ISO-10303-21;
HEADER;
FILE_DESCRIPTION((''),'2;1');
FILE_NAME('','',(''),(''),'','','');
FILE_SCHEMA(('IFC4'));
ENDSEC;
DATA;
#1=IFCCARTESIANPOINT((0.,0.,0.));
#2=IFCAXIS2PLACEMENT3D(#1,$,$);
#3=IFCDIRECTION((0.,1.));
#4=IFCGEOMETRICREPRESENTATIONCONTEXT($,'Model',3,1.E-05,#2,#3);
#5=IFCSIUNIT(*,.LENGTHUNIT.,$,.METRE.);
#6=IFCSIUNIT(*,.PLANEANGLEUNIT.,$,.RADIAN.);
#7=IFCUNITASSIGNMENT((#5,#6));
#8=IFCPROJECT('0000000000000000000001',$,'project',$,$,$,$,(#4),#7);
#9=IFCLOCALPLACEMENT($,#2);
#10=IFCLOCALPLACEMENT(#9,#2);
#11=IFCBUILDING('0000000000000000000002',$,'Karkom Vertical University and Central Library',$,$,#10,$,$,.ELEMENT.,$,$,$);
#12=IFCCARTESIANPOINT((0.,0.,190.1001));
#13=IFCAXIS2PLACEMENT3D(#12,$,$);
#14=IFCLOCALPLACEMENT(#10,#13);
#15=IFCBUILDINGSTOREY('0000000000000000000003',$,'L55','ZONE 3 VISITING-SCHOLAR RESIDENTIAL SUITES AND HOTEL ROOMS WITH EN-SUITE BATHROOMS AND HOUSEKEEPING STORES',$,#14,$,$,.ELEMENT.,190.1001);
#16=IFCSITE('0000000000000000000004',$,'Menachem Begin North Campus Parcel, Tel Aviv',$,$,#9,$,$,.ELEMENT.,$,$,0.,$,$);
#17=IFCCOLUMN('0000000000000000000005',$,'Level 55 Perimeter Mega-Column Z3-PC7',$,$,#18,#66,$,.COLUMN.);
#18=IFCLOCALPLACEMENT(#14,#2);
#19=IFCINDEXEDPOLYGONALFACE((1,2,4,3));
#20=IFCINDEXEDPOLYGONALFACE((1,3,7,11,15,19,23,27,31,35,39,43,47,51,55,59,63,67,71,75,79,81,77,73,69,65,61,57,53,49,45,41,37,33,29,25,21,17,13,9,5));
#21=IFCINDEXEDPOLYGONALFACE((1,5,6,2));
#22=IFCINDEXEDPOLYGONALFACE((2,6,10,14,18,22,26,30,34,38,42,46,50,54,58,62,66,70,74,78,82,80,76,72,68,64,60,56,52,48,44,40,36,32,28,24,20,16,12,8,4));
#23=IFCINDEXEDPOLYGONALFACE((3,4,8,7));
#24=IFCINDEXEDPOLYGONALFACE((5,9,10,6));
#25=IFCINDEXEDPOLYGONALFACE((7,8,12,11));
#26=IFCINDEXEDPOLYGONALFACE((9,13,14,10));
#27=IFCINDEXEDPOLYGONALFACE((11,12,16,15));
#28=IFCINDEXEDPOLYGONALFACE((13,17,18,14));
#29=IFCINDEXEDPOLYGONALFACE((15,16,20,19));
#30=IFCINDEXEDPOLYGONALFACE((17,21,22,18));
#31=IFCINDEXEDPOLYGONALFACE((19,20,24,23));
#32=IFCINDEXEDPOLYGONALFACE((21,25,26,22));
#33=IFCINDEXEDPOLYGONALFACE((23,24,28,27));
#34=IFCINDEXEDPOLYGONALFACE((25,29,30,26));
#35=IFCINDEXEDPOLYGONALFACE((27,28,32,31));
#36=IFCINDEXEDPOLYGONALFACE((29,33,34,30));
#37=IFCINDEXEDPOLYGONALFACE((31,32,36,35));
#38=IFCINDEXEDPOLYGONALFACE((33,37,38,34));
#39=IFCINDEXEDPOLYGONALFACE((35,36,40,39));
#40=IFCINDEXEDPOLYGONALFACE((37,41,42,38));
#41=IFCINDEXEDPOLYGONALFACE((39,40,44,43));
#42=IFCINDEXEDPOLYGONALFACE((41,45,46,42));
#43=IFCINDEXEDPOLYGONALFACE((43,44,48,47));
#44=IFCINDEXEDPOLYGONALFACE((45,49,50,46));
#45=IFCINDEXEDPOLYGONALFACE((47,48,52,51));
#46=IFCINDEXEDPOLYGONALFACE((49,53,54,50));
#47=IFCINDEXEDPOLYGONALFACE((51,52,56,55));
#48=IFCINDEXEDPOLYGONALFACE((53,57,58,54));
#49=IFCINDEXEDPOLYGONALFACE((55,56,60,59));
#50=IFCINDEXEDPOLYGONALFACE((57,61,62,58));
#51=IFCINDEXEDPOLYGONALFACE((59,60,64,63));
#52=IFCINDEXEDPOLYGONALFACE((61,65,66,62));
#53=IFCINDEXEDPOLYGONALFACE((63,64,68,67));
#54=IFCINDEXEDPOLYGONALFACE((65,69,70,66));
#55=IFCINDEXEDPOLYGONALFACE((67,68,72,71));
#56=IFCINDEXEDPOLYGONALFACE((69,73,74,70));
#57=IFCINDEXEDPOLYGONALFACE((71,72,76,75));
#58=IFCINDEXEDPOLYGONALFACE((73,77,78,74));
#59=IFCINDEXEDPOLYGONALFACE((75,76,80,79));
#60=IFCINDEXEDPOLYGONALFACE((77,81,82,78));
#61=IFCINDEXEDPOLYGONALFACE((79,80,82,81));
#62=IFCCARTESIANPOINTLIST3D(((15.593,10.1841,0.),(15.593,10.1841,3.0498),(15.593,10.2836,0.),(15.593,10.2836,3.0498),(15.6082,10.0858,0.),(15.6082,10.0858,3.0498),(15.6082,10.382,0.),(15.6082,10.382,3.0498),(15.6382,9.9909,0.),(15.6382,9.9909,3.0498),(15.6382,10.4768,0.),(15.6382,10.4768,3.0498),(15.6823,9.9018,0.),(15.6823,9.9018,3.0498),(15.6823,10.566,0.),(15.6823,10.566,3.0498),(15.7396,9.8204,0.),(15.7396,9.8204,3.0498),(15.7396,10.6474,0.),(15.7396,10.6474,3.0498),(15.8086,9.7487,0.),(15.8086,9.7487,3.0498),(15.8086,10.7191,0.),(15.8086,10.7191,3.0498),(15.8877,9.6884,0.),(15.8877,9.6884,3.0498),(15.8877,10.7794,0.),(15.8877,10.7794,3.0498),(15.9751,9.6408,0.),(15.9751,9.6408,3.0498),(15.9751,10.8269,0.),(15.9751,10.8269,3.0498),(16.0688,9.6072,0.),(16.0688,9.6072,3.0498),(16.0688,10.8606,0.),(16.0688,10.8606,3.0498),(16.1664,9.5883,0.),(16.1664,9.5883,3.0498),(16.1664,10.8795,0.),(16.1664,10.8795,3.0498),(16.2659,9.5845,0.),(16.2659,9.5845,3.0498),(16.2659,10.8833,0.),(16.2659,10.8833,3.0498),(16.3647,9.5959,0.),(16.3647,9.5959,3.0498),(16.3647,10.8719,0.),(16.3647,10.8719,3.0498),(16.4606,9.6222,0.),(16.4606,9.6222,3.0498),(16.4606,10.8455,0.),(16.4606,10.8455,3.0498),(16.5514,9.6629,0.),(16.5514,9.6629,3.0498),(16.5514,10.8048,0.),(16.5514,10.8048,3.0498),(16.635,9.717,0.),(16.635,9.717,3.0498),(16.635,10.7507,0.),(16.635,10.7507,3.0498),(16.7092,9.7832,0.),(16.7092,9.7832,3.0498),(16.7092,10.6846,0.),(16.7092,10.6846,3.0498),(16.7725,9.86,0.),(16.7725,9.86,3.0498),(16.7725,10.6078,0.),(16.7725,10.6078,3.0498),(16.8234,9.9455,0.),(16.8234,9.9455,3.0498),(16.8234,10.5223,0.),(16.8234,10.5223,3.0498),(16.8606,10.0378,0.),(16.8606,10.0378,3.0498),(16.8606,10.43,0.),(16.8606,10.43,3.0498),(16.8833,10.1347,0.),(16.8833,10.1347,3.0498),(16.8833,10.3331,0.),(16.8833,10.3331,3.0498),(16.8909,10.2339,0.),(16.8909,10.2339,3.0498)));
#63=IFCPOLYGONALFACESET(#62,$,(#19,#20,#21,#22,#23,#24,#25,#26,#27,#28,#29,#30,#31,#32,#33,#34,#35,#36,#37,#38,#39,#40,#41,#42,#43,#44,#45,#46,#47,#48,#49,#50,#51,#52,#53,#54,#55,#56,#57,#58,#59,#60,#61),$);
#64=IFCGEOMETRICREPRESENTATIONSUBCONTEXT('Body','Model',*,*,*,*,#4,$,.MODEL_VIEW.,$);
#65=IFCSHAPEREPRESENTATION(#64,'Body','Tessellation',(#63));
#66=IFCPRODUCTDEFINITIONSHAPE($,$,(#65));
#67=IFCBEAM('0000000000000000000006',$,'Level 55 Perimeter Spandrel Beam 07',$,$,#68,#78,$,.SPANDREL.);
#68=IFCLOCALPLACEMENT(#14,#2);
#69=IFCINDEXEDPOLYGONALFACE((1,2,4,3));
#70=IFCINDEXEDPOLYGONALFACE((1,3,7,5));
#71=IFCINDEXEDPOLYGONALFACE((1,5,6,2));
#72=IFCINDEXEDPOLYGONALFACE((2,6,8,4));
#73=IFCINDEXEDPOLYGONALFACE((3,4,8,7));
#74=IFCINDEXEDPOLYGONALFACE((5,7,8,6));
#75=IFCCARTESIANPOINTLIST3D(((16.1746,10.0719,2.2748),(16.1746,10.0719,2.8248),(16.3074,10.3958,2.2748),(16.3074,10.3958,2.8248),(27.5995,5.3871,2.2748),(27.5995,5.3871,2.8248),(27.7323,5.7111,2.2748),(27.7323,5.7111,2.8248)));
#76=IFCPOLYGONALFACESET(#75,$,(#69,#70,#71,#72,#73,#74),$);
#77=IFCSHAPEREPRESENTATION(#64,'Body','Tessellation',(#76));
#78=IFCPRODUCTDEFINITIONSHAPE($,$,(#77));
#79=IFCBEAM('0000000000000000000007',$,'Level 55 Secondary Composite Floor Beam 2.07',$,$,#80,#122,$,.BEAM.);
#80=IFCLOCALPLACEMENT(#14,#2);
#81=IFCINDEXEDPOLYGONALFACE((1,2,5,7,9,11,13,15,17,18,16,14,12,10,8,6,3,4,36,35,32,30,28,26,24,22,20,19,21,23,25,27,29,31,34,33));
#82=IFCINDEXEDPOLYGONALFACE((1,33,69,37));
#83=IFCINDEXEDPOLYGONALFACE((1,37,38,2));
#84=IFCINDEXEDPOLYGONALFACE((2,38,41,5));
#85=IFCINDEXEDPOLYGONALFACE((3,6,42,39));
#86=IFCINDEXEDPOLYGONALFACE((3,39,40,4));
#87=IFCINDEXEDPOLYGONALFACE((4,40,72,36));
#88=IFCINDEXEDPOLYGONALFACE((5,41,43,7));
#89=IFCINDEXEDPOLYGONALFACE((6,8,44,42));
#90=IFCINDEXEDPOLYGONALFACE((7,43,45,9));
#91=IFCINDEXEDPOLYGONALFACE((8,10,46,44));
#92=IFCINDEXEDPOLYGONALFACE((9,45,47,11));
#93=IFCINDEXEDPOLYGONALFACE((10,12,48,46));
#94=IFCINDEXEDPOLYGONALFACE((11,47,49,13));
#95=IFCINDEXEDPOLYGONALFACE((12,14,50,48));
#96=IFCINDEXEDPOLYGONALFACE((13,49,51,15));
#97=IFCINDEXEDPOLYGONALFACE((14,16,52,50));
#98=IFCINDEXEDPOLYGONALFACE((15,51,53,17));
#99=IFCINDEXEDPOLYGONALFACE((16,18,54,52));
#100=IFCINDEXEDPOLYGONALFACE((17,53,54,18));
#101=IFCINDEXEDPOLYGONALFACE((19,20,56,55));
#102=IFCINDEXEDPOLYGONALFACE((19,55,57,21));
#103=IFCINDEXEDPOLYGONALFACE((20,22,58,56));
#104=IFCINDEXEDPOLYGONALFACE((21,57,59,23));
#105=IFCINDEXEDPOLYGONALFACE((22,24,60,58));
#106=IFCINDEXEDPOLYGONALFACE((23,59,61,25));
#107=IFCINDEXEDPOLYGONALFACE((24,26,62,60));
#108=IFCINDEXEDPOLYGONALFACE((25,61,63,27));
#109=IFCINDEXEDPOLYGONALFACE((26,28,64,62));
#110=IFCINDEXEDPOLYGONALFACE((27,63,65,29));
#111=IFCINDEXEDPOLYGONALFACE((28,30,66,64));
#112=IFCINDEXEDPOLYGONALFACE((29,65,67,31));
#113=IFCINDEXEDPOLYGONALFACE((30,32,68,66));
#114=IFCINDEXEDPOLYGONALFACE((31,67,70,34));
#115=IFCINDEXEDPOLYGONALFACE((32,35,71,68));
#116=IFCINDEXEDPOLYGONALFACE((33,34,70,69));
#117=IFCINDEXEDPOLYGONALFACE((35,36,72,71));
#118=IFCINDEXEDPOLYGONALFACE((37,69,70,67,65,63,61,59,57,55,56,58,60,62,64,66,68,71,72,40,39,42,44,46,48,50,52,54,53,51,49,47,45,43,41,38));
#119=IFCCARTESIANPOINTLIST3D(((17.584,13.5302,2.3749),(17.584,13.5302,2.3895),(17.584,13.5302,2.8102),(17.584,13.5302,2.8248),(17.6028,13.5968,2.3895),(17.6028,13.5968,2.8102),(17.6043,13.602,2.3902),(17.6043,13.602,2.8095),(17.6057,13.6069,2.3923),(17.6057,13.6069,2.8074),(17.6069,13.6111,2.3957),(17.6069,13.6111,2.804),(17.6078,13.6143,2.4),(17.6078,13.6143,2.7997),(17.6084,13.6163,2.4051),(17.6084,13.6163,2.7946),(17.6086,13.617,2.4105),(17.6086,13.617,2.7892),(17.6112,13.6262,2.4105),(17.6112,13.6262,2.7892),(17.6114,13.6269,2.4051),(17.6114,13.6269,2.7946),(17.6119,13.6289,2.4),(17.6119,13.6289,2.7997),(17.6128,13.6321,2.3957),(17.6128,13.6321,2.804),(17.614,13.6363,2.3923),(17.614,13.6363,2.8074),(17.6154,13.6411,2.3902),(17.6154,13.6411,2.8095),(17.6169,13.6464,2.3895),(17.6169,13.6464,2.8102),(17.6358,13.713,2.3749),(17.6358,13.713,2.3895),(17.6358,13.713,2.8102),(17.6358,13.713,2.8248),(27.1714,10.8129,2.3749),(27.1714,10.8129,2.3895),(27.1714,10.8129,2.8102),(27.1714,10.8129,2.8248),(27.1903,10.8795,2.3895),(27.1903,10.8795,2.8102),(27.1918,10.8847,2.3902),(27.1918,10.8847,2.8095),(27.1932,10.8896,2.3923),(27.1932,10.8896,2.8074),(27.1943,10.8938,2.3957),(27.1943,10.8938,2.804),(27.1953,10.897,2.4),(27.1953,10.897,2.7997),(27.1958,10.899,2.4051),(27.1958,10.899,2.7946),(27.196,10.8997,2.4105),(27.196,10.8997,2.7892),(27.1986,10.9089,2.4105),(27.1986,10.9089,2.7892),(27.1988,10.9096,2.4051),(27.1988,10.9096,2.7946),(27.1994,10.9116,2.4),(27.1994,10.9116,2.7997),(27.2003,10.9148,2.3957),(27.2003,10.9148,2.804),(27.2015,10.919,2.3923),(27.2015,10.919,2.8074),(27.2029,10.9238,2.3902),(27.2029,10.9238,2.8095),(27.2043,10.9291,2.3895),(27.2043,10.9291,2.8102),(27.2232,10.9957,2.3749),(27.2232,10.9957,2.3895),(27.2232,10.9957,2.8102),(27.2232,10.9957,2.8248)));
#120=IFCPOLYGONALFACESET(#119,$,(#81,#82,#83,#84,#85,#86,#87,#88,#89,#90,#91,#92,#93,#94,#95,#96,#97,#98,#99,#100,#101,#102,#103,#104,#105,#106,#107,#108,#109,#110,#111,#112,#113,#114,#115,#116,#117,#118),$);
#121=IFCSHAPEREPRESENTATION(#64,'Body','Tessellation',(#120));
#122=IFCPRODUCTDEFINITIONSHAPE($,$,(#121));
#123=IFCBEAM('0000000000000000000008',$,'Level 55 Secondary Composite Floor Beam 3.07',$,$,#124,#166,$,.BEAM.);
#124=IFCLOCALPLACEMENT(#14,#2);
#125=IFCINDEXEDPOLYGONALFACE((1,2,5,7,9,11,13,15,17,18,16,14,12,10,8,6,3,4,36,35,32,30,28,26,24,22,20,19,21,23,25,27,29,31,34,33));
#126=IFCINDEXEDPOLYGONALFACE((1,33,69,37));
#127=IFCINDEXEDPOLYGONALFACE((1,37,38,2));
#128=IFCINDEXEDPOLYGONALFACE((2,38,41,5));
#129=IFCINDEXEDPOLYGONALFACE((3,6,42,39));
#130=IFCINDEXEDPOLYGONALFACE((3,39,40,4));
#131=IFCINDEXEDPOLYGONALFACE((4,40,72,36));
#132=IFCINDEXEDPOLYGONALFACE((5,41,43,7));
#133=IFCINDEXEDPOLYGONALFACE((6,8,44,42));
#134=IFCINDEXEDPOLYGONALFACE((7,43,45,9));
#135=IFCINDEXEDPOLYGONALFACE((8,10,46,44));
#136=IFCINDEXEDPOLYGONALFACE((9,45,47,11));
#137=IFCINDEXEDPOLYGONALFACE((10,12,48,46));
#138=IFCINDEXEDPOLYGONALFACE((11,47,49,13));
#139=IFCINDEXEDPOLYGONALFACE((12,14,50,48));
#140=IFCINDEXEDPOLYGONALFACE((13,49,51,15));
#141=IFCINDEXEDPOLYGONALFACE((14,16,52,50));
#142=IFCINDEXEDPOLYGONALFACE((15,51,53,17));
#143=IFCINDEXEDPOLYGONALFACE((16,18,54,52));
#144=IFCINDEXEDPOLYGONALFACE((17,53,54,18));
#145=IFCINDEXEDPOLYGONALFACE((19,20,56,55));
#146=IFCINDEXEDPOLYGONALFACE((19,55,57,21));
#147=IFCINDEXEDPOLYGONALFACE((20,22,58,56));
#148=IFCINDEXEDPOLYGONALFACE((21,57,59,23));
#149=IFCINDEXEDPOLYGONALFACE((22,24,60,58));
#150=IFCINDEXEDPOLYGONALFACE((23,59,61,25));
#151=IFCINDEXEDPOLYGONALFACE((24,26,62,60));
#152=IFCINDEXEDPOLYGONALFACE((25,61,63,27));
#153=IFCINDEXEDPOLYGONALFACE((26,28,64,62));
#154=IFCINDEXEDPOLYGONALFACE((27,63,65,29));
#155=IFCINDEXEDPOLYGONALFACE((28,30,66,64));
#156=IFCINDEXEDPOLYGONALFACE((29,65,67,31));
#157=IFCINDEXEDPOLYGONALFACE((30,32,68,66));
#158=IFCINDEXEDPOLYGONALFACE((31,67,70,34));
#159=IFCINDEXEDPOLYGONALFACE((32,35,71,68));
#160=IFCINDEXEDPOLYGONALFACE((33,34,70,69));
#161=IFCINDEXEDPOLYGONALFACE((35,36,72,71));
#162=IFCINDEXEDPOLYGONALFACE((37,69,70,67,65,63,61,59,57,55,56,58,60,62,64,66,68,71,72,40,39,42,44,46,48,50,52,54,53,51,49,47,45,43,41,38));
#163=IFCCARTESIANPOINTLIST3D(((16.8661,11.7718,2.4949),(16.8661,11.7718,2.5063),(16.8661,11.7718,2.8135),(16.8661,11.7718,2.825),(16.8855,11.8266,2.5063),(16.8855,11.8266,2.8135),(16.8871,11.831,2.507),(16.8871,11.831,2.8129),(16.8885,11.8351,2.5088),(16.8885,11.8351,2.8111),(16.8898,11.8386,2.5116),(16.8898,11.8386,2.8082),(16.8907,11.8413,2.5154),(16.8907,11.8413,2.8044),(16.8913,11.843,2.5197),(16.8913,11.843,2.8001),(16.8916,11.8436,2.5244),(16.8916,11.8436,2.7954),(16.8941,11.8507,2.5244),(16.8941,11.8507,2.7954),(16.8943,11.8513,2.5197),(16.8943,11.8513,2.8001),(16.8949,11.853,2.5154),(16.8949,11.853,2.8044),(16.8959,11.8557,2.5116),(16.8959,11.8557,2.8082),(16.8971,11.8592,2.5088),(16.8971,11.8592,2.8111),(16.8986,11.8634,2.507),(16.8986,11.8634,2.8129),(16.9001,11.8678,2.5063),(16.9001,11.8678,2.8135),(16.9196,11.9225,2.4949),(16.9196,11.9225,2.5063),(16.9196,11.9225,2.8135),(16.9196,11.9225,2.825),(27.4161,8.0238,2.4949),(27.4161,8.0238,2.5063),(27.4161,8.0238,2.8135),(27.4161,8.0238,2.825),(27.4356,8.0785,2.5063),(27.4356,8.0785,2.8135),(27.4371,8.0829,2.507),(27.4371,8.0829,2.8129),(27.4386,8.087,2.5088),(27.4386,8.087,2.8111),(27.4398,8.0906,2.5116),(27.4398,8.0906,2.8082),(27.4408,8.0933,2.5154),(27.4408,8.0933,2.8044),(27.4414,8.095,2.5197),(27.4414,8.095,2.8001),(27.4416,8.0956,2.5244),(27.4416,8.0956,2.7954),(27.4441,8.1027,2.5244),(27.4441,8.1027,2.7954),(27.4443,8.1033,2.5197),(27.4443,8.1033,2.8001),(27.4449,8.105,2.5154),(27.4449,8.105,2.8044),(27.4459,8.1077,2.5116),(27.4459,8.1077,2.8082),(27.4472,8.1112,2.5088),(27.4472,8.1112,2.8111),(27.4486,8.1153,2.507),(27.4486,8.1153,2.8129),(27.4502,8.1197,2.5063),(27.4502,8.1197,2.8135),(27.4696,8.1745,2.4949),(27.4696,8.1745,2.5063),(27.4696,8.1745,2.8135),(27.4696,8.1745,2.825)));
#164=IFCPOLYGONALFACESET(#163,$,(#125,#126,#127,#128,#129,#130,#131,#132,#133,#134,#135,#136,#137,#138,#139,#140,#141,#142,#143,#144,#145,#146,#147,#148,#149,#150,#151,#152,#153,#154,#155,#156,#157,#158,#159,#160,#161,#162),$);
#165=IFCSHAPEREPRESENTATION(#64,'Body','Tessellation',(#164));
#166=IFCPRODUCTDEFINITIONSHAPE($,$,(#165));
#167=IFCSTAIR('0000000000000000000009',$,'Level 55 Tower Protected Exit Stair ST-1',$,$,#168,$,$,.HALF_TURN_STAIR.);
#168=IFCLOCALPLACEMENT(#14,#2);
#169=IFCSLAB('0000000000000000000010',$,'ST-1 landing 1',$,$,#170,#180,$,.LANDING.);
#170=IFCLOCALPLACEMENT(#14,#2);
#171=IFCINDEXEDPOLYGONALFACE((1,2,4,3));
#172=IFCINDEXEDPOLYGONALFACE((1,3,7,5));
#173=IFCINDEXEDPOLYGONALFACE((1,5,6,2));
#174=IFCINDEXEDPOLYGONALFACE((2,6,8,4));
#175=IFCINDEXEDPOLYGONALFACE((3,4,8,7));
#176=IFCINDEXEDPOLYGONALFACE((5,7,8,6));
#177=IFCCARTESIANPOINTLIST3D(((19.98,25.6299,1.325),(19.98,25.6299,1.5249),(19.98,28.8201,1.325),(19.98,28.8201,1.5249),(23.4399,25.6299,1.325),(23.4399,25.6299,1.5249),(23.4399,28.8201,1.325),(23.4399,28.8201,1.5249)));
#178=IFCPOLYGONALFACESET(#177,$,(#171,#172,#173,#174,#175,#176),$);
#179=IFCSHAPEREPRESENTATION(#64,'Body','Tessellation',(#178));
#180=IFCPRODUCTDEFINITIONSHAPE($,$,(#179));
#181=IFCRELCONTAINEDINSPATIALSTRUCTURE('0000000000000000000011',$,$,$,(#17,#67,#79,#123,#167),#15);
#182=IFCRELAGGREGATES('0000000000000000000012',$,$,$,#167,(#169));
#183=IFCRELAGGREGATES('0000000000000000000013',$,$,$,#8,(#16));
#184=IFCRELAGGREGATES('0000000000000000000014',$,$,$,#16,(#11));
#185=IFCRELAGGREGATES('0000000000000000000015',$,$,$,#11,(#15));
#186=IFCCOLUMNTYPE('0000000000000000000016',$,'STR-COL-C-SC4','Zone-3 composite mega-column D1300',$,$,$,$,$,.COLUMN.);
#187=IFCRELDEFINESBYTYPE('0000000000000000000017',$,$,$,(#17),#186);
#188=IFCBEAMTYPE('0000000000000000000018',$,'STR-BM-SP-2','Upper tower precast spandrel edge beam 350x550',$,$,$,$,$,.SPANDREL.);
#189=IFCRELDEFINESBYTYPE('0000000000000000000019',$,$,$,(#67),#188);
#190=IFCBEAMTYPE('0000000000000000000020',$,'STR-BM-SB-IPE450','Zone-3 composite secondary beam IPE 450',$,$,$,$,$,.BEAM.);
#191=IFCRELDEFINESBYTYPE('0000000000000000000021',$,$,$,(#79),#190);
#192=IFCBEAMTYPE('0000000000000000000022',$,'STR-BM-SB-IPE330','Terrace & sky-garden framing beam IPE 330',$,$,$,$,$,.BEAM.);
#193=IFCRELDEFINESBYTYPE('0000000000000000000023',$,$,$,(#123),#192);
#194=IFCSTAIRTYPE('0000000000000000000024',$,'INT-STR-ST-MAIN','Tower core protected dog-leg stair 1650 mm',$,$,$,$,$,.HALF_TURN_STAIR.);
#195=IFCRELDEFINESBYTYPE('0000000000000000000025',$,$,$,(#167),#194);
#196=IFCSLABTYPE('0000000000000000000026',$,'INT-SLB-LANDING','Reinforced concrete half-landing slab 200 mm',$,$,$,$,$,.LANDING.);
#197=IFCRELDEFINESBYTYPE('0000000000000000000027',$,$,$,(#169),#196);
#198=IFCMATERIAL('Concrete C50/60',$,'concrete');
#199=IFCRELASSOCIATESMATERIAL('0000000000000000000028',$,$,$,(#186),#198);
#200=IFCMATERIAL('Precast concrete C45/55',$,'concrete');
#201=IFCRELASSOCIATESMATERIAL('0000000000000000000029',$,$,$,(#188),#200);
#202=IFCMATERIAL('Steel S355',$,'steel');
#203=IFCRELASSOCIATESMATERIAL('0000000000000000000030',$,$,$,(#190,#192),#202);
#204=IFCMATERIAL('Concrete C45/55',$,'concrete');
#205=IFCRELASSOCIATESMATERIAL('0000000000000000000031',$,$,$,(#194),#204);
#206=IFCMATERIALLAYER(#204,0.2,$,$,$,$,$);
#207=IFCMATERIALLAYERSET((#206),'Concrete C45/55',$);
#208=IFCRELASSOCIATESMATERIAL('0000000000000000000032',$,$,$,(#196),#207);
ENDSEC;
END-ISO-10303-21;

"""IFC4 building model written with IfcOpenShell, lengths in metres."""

from ifc_helpers import new_model, si_unit, direction, frame, origin, origin_with_axes, origin_2d, place, context, subcontext, project, spatial, polyline, rectangle, circle, i_section, outline, extrude, source, transform, mapped, material, layer, layer_set, material_profile, profile_set, type_object, element, aggregate, save


model = new_model("IFC4")

# Units and contexts
model_context = context("Model", 3, precision=1e-05, world=origin(), true_north=direction((0.0, 1.0)))
body_context = subcontext(model_context, "Body", "Model", "MODEL_VIEW")
ifc_project = project(units=[si_unit("LENGTHUNIT", "METRE"), si_unit("PLANEANGLEUNIT", "RADIAN")], contexts=[model_context])

# Site, building, storey
site_placement = place(None, origin())
site = spatial("IfcSite", under=ifc_project, at=site_placement, Name="Menachem Begin North Campus Parcel, Tel Aviv", CompositionType="ELEMENT", RefElevation=0.0)
building_placement = place(site_placement, origin())
building = spatial("IfcBuilding", under=site, at=building_placement, Name="Karkom Vertical University and Central Library", CompositionType="ELEMENT")
storey_placement = place(building_placement, frame((0.0, 0.0, 190.1001)))
storey = spatial("IfcBuildingStorey", under=building, at=storey_placement, Name="L55", Description="ZONE 3 VISITING-SCHOLAR RESIDENTIAL SUITES AND HOTEL ROOMS WITH EN-SUITE BATHROOMS AND HOUSEKEEPING STORES", CompositionType="ELEMENT", Elevation=190.1001)

# Column
ifc_material_1 = material(Name="Concrete C50/60", Category="concrete")
ifc_material_profile_1 = material_profile(ifc_material_1, circle(Radius=0.6499, at=origin_2d()), Name="CFT-D1300")
ifc_profile_set_1 = profile_set([ifc_material_profile_1], Name="Concrete C50/60")
column_type = type_object("IfcColumnType", Name="STR-COL-C-SC4", Description="Zone-3 composite mega-column D1300", PredefinedType="COLUMN", material=ifc_profile_set_1)
shared_shape_1 = source(origin_with_axes(), body_context, "Body", "SweptSolid", [
    extrude(circle(Radius=0.6499, at=origin_2d()), origin(), (0.0, 0.0, 1.0), 3.0498),
])
column_placement = place(storey_placement, frame((16.241, 10.2339, 0.0), z_axis=(0.0, 0.0, 1.0), x_axis=(1.0, 0.0, 0.0)))
element("IfcColumn", 1, at=column_placement, inside=storey, type_object=column_type, Name="Level 55 Perimeter Mega-Column Z3-PC7", PredefinedType="COLUMN", context=body_context, shape_type="MappedRepresentation", body=[
    mapped(shared_shape_1, transform((0.0, 0.0, 0.0), scale=1.0)),
])

# Beams
ifc_material_2 = material(Name="Precast concrete C45/55", Category="concrete")
ifc_material_profile_2 = material_profile(ifc_material_2, rectangle(XDim=0.3501, YDim=0.55, at=origin_2d()), Name="SPB-350x550")
ifc_profile_set_2 = profile_set([ifc_material_profile_2], Name="Precast concrete C45/55")
beam_type_1 = type_object("IfcBeamType", Name="STR-BM-SP-2", Description="Upper tower precast spandrel edge beam 350x550", PredefinedType="SPANDREL", material=ifc_profile_set_2)
shared_shape_2 = source(origin_with_axes(), body_context, "Body", "SweptSolid", [
    extrude(rectangle(XDim=0.3501, YDim=0.55, at=origin_2d()), origin(), (0.0, 0.0, 1.0), 12.3481),
])
beam_1_placement = place(storey_placement, frame((16.241, 10.2339, 2.5498), z_axis=(0.925236, -0.379391, 0.0), x_axis=(0.379391, 0.925236, 0.0)))
element("IfcBeam", 2, at=beam_1_placement, inside=storey, type_object=beam_type_1, Name="Level 55 Perimeter Spandrel Beam 07", PredefinedType="SPANDREL", context=body_context, shape_type="MappedRepresentation", body=[
    mapped(shared_shape_2, transform((0.0, 0.0, 0.0), scale=1.0)),
])
ifc_material_3 = material(Name="Steel S355", Category="steel")
ifc_material_profile_3 = material_profile(ifc_material_3, i_section(OverallWidth=0.1899, OverallDepth=0.45, WebThickness=0.0095, FlangeThickness=0.0146, FilletRadius=0.021, at=origin_2d()), Name="IPE 450")
ifc_profile_set_3 = profile_set([ifc_material_profile_3], Name="Steel S355")
beam_type_2 = type_object("IfcBeamType", Name="STR-BM-SB-IPE450", Description="Zone-3 composite secondary beam IPE 450", PredefinedType="BEAM", material=ifc_profile_set_3)
shared_shape_3 = source(origin_with_axes(), body_context, "Body", "SweptSolid", [
    extrude(i_section(OverallWidth=0.1899, OverallDepth=0.45, WebThickness=0.0095, FlangeThickness=0.0146, FilletRadius=0.021, at=origin_2d()), origin(), (0.0, 0.0, 1.0), 9.9651),
])
beam_2_placement = place(storey_placement, frame((17.6099, 13.6216, 2.5999), z_axis=(0.962104, -0.272682, 0.0), x_axis=(0.272682, 0.962104, 0.0)))
element("IfcBeam", 3, at=beam_2_placement, inside=storey, type_object=beam_type_2, Name="Level 55 Secondary Composite Floor Beam 2.07", PredefinedType="BEAM", context=body_context, shape_type="MappedRepresentation", body=[
    mapped(shared_shape_3, transform((0.0, 0.0, 0.0), scale=1.0)),
])
ifc_material_profile_4 = material_profile(ifc_material_3, i_section(OverallWidth=0.1599, OverallDepth=0.3301, WebThickness=0.0076, FlangeThickness=0.0115, FilletRadius=0.0181, at=origin_2d()), Name="IPE 330")
ifc_profile_set_4 = profile_set([ifc_material_profile_4], Name="Steel S355")
beam_type_3 = type_object("IfcBeamType", Name="STR-BM-SB-IPE330", Description="Terrace & sky-garden framing beam IPE 330", PredefinedType="BEAM", material=ifc_profile_set_4)
shared_shape_4 = source(origin_with_axes(), body_context, "Body", "SweptSolid", [
    extrude(i_section(OverallWidth=0.1599, OverallDepth=0.3301, WebThickness=0.0076, FlangeThickness=0.0115, FilletRadius=0.0181, at=origin_2d()), origin(), (0.0, 0.0, 1.0), 11.196),
])
beam_3_placement = place(storey_placement, frame((16.8928, 11.8472, 2.6599), z_axis=(0.942302, -0.334765, 0.0), x_axis=(0.334765, 0.942302, 0.0)))
element("IfcBeam", 4, at=beam_3_placement, inside=storey, type_object=beam_type_3, Name="Level 55 Secondary Composite Floor Beam 3.07", PredefinedType="BEAM", context=body_context, shape_type="MappedRepresentation", body=[
    mapped(shared_shape_4, transform((0.0, 0.0, 0.0), scale=1.0)),
])

# Stair, slab
ifc_material_4 = material(Name="Concrete C45/55", Category="concrete")
stair_type = type_object("IfcStairType", Name="INT-STR-ST-MAIN", Description="Tower core protected dog-leg stair 1650 mm", PredefinedType="HALF_TURN_STAIR", material=ifc_material_4)
stair_1_placement = place(storey_placement, origin())
stair_1 = element("IfcStair", 5, at=stair_1_placement, inside=storey, type_object=stair_type, Name="Level 55 Tower Protected Exit Stair ST-1", PredefinedType="HALF_TURN_STAIR")
ifc_layer_1 = layer(ifc_material_4, 0.2)
ifc_layer_set_1 = layer_set([ifc_layer_1], Name="Concrete C45/55")
slab_type_1 = type_object("IfcSlabType", Name="INT-SLB-LANDING", Description="Reinforced concrete half-landing slab 200 mm", PredefinedType="LANDING", material=ifc_layer_set_1)
slab_1_placement = place(storey_placement, frame((0.0, 0.0, 1.325)))
slab_1 = element("IfcSlab", 6, at=slab_1_placement, type_object=slab_type_1, Name="ST-1 landing 1", PredefinedType="LANDING", context=body_context, shape_type="SweptSolid", body=[
    extrude(outline(polyline([(23.4399, 25.6299), (23.4399, 28.8201), (19.98, 28.8201), (19.98, 25.6299), (23.4399, 25.6299)])), origin(), (0.0, 0.0, 1.0), 0.2),
])
aggregate(stair_1, [slab_1])

save(model, "model.ifc")
